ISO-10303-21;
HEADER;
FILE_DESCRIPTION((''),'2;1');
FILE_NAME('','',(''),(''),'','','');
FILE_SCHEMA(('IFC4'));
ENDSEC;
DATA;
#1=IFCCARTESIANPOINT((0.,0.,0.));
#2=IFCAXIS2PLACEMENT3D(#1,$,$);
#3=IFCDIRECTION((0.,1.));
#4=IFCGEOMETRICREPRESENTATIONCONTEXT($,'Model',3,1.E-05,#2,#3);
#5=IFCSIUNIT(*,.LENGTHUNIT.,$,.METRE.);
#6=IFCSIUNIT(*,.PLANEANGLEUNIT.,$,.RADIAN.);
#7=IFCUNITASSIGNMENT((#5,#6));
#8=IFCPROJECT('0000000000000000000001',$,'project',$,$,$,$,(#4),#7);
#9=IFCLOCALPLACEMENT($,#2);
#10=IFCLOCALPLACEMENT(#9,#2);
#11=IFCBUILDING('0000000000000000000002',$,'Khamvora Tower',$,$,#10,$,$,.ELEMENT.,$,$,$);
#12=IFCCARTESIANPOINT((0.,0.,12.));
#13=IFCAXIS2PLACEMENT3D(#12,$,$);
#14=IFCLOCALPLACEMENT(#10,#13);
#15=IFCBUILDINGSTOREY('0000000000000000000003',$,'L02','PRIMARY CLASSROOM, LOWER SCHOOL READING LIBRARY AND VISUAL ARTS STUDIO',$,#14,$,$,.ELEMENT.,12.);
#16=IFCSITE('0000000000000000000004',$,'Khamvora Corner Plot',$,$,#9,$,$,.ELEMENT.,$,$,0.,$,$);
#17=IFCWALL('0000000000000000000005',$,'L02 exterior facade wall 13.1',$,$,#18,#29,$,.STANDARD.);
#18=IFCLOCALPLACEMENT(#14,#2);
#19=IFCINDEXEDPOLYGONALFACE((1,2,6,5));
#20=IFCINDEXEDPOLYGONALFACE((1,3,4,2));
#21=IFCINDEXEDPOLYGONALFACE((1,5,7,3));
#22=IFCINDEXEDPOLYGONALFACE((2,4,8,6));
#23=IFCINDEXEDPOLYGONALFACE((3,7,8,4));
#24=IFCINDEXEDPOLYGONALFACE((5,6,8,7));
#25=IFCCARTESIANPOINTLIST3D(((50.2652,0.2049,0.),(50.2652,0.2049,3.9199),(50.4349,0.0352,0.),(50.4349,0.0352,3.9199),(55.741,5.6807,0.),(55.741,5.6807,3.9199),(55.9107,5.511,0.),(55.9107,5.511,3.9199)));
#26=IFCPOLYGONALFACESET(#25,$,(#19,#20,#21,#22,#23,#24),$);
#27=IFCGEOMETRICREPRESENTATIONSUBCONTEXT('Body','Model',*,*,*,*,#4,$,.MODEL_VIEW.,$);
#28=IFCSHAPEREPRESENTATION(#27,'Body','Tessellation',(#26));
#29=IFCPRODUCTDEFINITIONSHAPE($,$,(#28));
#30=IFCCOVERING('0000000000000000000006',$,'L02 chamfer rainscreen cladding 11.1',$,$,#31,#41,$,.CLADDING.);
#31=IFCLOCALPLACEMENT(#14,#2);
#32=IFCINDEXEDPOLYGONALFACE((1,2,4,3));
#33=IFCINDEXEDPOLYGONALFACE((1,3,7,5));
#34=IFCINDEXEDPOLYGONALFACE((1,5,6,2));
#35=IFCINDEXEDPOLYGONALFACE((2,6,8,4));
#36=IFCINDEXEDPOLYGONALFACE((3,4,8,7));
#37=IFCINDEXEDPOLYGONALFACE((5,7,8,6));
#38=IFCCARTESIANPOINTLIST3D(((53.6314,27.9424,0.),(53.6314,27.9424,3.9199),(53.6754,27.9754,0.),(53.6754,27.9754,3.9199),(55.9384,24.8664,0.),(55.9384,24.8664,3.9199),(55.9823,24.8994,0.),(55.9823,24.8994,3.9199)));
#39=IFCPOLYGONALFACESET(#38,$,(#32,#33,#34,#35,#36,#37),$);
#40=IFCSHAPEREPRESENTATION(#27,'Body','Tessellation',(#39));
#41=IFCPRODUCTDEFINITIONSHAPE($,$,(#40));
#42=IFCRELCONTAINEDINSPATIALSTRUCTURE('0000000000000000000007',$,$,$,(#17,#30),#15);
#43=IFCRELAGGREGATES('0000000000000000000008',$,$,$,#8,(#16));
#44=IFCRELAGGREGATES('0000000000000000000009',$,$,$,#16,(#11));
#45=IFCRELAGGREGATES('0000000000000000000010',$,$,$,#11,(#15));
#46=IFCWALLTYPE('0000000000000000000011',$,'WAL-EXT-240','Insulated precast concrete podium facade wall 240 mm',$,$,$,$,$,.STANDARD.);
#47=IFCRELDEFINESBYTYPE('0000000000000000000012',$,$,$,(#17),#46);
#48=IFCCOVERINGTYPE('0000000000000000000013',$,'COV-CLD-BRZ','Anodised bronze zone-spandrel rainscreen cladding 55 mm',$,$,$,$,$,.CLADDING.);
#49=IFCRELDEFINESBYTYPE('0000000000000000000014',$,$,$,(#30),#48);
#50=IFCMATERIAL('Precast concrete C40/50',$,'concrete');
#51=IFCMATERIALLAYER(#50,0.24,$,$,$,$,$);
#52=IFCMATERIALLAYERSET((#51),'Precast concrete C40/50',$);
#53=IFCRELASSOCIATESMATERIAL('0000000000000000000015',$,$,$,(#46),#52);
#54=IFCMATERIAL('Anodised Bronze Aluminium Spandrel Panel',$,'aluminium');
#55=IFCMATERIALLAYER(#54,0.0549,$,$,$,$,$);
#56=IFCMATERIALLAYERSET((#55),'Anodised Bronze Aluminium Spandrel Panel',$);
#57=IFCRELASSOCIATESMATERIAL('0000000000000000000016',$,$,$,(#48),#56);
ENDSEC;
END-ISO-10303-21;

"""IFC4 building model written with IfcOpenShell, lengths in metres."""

from ifc_helpers import new_model, si_unit, direction, frame, frame_2d, origin, origin_2d, place, context, subcontext, project, spatial, rectangle, extrude, material, layer, layer_set, type_object, element, save


model = new_model("IFC4")

# Units and contexts
model_context = context("Model", 3, precision=1e-05, world=origin(), true_north=direction((0.0, 1.0)))
body_context = subcontext(model_context, "Body", "Model", "MODEL_VIEW")
ifc_project = project(units=[si_unit("LENGTHUNIT", "METRE"), si_unit("PLANEANGLEUNIT", "RADIAN")], contexts=[model_context])

# Site, building, storey
site_placement = place(None, origin())
site = spatial("IfcSite", under=ifc_project, at=site_placement, Name="Khamvora Corner Plot", CompositionType="ELEMENT", RefElevation=0.0)
building_placement = place(site_placement, origin())
building = spatial("IfcBuilding", under=site, at=building_placement, Name="Khamvora Tower", CompositionType="ELEMENT")
storey_placement = place(building_placement, frame((0.0, 0.0, 12.0)))
storey = spatial("IfcBuildingStorey", under=building, at=storey_placement, Name="L02", Description="PRIMARY CLASSROOM, LOWER SCHOOL READING LIBRARY AND VISUAL ARTS STUDIO", CompositionType="ELEMENT", Elevation=12.0)

# Shared definitions
ifc_material_1 = material(Name="Precast concrete C40/50", Category="concrete")
ifc_layer_1 = layer(ifc_material_1, 0.24)
ifc_layer_set_1 = layer_set([ifc_layer_1], Name="Precast concrete C40/50")
wall_type_1 = type_object("IfcWallType", Name="WAL-EXT-240", Description="Insulated precast concrete podium facade wall 240 mm", PredefinedType="STANDARD", material=ifc_layer_set_1)

# Wall
wall_1_placement = place(storey_placement, frame((55.8259, 5.5959, 0.0), z_axis=(0.0, 0.0, 1.0), x_axis=(-0.707107, -0.707107, 0.0)))
element("IfcWall", 1, at=wall_1_placement, inside=storey, type_object=wall_type_1, Name="L02 exterior facade wall 13.1", PredefinedType="STANDARD", context=body_context, shape_type="SweptSolid", body=[
    extrude(rectangle(XDim=7.7439, YDim=0.24, at=frame_2d((3.8721, 0.0))), origin(), (0.0, 0.0, 1.0), 3.9199),
])

# Covering
ifc_material_2 = material(Name="Anodised Bronze Aluminium Spandrel Panel", Category="aluminium")
ifc_layer_2 = layer(ifc_material_2, 0.0549)
ifc_layer_set_2 = layer_set([ifc_layer_2], Name="Anodised Bronze Aluminium Spandrel Panel")
covering_type = type_object("IfcCoveringType", Name="COV-CLD-BRZ", Description="Anodised bronze zone-spandrel rainscreen cladding 55 mm", PredefinedType="CLADDING", material=ifc_layer_set_2)
covering_placement = place(storey_placement, frame((54.8069, 26.4209, 0.0), z_axis=(0.0, 0.0, 1.0), x_axis=(0.6, -0.8, 0.0)))
element("IfcCovering", 2, at=covering_placement, inside=storey, type_object=covering_type, Name="L02 chamfer rainscreen cladding 11.1", PredefinedType="CLADDING", context=body_context, shape_type="SweptSolid", body=[
    extrude(rectangle(XDim=3.845, YDim=0.0549, at=origin_2d()), origin(), (0.0, 0.0, 1.0), 3.9199),
])

save(model, "model.ifc")
